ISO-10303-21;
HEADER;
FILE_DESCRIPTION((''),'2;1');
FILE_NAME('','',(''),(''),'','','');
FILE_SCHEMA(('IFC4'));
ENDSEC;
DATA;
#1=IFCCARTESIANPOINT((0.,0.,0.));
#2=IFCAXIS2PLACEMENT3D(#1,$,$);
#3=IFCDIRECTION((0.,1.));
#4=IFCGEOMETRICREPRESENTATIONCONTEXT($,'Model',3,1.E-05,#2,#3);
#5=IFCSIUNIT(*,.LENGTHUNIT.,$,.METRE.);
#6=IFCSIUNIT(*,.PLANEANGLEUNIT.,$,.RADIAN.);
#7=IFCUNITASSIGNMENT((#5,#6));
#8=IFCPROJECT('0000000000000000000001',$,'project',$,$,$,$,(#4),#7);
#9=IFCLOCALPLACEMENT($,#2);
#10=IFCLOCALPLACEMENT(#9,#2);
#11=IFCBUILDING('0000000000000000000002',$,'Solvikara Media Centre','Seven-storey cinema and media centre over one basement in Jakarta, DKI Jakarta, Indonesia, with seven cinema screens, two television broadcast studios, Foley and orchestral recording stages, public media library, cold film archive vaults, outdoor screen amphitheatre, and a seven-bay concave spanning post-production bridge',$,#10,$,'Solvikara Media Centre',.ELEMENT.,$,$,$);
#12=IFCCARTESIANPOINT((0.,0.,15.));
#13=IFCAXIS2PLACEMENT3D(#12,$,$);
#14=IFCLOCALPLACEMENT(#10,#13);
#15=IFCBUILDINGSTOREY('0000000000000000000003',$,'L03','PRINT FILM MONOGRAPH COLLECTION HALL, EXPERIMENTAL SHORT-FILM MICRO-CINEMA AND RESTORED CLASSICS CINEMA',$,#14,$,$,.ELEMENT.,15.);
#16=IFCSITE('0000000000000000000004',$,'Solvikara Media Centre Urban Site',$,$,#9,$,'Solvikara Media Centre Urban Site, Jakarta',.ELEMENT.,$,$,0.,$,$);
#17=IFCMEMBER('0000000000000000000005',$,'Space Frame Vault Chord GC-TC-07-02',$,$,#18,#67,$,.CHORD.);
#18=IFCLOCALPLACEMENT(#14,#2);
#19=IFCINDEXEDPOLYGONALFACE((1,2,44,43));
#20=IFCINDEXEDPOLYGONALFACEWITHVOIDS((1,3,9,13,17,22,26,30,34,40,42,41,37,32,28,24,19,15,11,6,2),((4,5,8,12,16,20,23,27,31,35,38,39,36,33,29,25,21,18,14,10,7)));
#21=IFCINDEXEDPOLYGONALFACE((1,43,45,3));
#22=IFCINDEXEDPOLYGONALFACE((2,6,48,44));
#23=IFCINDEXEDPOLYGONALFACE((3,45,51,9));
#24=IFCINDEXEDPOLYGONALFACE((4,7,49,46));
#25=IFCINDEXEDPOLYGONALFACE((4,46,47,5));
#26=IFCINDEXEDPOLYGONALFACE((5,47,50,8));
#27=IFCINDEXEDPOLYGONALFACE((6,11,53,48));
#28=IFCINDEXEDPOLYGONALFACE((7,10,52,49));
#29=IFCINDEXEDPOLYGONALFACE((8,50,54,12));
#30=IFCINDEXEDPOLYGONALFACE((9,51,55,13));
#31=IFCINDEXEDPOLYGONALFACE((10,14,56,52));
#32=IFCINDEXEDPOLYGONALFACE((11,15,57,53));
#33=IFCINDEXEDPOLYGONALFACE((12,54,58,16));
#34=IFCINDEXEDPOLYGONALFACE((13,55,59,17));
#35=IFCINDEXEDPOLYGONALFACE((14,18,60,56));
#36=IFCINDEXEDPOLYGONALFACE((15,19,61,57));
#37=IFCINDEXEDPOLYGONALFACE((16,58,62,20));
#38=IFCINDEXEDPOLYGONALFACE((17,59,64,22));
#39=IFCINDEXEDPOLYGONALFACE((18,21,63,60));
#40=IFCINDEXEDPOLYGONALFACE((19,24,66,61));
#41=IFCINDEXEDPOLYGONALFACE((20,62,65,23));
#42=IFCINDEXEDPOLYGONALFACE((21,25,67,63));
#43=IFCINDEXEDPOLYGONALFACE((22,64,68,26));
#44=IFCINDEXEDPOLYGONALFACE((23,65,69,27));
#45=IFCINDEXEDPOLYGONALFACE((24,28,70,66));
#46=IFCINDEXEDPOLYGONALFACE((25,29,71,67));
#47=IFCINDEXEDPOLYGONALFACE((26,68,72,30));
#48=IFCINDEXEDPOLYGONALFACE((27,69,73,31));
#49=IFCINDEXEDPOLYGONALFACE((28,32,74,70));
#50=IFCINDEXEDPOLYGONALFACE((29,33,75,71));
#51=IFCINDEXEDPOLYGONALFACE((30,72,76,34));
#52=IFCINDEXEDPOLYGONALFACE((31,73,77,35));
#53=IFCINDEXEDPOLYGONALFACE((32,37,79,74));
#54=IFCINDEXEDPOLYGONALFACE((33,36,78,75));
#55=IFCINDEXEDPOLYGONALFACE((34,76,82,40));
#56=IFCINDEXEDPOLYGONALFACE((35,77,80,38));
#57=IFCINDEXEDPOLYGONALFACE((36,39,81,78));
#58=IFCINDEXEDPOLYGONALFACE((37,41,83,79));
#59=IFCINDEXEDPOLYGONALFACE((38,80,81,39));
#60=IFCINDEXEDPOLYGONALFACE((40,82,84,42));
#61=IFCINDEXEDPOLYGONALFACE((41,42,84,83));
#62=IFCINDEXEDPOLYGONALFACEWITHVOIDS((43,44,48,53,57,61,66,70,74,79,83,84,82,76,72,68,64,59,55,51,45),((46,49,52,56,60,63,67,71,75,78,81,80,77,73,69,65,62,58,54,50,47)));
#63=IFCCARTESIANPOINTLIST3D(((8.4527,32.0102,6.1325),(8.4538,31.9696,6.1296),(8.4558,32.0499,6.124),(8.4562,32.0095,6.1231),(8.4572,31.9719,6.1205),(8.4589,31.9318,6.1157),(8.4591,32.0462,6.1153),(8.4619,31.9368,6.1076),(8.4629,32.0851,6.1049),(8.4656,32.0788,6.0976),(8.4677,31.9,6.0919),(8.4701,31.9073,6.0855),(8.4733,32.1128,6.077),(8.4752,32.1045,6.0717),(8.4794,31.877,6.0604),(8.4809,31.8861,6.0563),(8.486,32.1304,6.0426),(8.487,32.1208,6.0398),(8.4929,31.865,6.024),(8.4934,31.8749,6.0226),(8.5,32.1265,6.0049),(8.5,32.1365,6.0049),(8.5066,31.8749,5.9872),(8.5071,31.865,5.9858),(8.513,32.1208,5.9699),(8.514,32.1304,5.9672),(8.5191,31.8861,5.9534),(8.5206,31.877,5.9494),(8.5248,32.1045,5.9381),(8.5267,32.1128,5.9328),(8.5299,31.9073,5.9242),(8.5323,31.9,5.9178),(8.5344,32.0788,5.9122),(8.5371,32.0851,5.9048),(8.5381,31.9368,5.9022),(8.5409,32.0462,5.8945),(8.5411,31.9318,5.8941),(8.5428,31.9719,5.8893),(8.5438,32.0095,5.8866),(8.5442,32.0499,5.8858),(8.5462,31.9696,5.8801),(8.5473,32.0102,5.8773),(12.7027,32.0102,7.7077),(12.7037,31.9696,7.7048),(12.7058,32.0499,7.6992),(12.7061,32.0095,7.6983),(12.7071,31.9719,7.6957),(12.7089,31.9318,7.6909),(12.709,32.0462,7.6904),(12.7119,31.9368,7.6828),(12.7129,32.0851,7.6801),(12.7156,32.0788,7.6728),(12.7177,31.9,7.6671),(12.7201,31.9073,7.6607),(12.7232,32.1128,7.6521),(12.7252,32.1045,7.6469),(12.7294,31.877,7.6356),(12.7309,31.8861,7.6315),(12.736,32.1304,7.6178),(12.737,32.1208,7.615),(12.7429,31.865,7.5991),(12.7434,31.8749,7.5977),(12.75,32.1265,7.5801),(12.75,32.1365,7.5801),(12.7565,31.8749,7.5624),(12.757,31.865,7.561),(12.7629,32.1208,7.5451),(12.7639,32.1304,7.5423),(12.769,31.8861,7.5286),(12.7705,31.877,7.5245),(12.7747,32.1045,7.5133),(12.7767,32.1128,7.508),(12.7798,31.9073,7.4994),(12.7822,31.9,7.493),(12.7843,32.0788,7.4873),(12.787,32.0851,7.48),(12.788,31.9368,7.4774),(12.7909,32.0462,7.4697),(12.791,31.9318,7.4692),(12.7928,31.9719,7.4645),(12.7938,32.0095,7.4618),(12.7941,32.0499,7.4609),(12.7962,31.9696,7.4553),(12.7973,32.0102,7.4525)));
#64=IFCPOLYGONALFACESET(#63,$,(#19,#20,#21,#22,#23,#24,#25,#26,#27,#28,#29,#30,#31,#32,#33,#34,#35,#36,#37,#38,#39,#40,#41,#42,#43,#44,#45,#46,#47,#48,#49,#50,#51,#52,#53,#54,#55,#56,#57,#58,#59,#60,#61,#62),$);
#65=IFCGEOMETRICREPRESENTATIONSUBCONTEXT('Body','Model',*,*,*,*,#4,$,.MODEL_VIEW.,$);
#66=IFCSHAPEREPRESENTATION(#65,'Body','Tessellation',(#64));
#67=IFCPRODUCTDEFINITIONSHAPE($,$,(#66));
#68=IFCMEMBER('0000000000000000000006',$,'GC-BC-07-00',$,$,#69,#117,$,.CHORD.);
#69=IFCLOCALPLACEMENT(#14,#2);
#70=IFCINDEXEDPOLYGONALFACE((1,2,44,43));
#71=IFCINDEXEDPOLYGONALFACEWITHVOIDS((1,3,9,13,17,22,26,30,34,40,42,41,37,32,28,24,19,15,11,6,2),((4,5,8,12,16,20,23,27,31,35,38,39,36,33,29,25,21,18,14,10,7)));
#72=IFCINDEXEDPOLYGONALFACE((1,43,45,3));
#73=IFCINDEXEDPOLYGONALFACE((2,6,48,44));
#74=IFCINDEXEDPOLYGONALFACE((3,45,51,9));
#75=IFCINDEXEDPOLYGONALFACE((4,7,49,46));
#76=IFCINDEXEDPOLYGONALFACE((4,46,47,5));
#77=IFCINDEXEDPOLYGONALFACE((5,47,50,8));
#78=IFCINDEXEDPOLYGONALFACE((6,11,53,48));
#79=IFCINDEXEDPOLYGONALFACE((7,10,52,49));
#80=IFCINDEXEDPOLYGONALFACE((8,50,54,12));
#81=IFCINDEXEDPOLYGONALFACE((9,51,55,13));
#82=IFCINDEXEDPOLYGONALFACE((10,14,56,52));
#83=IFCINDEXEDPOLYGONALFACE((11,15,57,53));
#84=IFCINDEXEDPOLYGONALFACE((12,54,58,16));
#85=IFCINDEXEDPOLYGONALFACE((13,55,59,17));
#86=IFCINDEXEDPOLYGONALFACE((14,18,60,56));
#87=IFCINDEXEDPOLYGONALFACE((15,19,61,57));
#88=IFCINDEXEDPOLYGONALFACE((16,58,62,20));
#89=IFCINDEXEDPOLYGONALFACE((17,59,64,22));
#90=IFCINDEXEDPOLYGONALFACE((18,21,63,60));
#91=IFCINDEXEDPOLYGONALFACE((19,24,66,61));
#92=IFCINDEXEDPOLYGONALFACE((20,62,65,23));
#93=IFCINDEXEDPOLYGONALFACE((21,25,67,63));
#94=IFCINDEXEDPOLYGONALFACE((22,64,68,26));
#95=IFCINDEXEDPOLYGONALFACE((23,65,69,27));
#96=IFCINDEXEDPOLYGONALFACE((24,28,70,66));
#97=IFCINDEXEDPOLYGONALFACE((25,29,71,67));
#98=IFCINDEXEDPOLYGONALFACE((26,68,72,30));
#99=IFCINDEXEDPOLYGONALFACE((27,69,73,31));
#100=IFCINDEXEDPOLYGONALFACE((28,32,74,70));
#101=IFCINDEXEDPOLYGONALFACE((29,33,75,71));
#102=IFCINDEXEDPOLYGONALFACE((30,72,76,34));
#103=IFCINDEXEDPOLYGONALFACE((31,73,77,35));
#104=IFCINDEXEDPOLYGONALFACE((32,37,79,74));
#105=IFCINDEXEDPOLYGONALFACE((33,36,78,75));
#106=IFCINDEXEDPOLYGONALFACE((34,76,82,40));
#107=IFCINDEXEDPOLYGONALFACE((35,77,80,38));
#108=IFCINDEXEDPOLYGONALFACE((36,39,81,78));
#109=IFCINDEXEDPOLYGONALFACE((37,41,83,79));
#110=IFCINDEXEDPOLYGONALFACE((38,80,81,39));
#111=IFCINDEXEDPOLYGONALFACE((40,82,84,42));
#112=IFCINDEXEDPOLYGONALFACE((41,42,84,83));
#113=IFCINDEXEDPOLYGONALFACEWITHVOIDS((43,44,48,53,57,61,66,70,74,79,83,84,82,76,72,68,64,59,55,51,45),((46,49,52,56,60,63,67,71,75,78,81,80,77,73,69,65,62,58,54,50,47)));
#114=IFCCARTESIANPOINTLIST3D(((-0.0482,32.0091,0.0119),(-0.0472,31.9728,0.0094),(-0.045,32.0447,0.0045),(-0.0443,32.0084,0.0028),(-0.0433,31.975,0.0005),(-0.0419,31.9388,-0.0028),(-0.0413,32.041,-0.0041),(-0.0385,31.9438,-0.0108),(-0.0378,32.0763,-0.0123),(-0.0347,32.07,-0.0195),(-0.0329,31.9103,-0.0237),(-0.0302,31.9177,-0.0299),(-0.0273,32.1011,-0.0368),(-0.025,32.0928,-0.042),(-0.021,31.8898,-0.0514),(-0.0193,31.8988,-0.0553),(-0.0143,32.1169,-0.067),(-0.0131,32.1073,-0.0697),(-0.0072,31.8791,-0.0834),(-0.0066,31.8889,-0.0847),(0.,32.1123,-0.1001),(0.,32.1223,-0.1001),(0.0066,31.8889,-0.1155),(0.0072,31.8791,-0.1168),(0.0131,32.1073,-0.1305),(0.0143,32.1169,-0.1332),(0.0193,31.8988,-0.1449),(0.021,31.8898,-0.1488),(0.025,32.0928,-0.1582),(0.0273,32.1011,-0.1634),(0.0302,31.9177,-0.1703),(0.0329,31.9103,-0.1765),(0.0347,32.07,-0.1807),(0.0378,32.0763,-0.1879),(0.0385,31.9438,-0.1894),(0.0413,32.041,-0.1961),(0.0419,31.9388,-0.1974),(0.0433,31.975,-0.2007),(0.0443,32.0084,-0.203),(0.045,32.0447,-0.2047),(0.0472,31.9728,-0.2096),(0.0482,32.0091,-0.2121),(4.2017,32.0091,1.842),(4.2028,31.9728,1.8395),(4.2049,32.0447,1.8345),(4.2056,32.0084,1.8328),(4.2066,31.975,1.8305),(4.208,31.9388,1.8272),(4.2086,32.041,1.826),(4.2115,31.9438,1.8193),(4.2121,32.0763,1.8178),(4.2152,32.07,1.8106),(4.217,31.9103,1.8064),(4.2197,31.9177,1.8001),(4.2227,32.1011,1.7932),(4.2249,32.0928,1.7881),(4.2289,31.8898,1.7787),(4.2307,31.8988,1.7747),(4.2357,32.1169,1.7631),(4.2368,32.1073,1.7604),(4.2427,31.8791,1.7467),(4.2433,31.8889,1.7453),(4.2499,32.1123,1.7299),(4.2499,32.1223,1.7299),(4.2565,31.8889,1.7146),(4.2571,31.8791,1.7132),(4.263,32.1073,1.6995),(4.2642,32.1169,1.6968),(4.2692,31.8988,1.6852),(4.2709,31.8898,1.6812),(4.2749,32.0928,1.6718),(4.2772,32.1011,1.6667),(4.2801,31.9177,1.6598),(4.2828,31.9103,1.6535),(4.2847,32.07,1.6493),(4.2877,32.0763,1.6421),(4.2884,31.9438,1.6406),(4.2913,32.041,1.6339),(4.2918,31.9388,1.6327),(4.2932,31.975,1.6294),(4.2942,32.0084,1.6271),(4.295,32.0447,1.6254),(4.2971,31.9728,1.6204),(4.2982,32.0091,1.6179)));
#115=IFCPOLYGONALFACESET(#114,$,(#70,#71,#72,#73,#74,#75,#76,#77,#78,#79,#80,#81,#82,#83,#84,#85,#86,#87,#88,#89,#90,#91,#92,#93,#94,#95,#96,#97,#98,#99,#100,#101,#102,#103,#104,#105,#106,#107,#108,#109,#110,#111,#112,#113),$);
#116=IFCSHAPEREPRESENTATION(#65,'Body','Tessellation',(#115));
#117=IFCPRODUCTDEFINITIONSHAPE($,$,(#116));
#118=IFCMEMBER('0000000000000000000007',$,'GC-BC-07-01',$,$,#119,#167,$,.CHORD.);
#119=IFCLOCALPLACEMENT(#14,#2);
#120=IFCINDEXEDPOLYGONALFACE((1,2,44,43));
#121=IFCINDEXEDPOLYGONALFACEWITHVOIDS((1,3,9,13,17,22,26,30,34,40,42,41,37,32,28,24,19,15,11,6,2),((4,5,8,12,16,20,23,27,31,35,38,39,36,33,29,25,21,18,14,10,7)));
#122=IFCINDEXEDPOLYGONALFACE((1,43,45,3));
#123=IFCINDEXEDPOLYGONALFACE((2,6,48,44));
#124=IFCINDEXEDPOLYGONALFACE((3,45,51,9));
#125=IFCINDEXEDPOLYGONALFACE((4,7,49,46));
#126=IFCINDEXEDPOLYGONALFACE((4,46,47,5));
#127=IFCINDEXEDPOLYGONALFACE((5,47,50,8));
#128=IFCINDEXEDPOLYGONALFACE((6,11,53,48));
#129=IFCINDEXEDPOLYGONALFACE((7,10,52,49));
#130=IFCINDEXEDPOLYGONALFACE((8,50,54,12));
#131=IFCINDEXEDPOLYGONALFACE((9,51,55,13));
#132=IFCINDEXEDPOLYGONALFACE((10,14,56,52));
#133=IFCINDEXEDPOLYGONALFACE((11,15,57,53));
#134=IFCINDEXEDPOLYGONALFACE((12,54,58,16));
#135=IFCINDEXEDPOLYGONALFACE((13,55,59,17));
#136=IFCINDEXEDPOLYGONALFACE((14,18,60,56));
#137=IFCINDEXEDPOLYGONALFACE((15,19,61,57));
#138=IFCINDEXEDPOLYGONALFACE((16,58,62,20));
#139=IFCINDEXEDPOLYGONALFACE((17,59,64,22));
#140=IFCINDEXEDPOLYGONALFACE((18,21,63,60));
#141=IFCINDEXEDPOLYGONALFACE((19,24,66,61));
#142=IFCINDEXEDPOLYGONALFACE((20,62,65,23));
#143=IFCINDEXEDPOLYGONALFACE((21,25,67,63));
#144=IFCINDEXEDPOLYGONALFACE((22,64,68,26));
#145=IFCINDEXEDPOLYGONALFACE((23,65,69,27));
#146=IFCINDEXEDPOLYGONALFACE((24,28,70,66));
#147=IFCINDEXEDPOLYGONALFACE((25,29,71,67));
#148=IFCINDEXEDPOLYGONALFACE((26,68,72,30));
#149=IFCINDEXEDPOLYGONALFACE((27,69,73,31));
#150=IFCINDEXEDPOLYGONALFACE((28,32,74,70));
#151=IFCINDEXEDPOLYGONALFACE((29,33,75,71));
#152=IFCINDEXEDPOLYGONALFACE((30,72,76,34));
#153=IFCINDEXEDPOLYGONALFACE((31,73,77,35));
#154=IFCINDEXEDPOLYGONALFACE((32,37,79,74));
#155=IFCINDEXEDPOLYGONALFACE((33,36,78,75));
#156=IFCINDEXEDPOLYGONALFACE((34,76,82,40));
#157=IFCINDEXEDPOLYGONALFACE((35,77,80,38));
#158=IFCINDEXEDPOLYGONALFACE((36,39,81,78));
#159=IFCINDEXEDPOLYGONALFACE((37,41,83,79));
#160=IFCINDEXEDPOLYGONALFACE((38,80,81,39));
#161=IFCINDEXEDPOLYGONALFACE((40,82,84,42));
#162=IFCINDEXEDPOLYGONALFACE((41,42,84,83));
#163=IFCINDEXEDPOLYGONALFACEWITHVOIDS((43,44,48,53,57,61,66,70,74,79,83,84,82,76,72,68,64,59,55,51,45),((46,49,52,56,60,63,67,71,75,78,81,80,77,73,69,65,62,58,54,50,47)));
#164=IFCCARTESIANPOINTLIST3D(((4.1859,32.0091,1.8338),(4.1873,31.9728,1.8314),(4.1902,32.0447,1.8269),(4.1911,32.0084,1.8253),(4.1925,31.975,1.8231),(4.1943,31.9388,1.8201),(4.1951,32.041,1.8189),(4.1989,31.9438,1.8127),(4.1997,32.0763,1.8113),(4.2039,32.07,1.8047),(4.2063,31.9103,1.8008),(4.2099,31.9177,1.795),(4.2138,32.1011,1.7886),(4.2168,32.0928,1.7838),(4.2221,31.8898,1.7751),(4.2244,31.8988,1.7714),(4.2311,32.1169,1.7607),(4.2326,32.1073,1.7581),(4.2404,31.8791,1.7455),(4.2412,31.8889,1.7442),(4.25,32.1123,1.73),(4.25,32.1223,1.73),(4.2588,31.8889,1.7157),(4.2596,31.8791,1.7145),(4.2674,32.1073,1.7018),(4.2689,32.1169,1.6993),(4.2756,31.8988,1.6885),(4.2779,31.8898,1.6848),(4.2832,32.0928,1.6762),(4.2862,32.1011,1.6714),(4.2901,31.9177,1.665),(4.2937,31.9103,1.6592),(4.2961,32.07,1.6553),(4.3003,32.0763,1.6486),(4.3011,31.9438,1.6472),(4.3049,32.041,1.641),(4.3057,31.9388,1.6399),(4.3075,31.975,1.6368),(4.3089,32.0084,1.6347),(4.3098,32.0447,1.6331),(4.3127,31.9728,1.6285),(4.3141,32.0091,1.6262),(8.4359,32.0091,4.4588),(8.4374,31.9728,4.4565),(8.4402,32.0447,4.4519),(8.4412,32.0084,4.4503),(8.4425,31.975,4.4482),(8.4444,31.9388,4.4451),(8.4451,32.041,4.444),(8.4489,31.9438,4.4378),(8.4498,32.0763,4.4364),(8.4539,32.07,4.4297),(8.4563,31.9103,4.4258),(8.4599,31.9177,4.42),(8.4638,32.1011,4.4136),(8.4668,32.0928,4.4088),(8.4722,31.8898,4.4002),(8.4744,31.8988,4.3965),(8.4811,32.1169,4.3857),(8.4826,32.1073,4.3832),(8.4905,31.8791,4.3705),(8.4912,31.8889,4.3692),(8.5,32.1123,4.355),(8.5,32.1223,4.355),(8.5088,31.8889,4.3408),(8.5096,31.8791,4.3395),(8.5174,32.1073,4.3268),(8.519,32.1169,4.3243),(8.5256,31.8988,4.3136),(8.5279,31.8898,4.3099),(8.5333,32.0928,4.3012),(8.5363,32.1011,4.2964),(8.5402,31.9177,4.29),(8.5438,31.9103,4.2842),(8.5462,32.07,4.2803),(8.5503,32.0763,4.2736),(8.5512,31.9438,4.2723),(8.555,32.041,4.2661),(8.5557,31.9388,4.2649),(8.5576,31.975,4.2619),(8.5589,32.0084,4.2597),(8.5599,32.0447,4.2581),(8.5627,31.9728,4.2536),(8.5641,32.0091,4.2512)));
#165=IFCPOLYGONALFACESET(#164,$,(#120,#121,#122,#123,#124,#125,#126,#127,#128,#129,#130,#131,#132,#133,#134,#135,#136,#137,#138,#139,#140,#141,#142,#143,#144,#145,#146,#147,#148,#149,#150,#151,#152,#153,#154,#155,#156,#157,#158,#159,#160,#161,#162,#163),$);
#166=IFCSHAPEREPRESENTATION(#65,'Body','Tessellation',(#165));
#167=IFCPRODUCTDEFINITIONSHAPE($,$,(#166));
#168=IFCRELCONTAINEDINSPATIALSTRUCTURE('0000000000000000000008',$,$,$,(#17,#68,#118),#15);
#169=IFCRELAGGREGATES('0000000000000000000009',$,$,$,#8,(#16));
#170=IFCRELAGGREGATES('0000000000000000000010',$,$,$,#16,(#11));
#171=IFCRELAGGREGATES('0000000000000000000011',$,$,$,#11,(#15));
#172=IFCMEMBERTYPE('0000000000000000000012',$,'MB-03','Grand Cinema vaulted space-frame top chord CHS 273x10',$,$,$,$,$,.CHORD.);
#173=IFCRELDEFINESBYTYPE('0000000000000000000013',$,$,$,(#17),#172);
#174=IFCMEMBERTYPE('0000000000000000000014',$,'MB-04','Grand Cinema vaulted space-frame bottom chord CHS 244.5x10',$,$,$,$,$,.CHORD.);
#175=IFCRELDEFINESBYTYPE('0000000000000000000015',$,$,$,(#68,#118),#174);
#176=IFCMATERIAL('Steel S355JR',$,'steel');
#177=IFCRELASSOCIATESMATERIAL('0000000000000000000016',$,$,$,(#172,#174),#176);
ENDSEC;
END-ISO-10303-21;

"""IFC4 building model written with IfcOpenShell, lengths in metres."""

from ifc_helpers import new_model, si_unit, direction, frame, origin, origin_2d, place, context, subcontext, project, spatial, hollow_circle, extrude, material, material_profile, profile_set, type_object, element, save


model = new_model("IFC4")

# Units and contexts
model_context = context("Model", 3, precision=1e-05, world=origin(), true_north=direction((0.0, 1.0)))
body_context = subcontext(model_context, "Body", "Model", "MODEL_VIEW")
ifc_project = project(units=[si_unit("LENGTHUNIT", "METRE"), si_unit("PLANEANGLEUNIT", "RADIAN")], contexts=[model_context])

# Site, building, storey
site_placement = place(None, origin())
site = spatial("IfcSite", under=ifc_project, at=site_placement, Name="Solvikara Media Centre Urban Site", LongName="Solvikara Media Centre Urban Site, Jakarta", CompositionType="ELEMENT", RefElevation=0.0)
building_placement = place(site_placement, origin())
building = spatial("IfcBuilding", under=site, at=building_placement, Name="Solvikara Media Centre", Description="Seven-storey cinema and media centre over one basement in Jakarta, DKI Jakarta, Indonesia, with seven cinema screens, two television broadcast studios, Foley and orchestral recording stages, public media library, cold film archive vaults, outdoor screen amphitheatre, and a seven-bay concave spanning post-production bridge", LongName="Solvikara Media Centre", CompositionType="ELEMENT")
storey_placement = place(building_placement, frame((0.0, 0.0, 15.0)))
storey = spatial("IfcBuildingStorey", under=building, at=storey_placement, Name="L03", Description="PRINT FILM MONOGRAPH COLLECTION HALL, EXPERIMENTAL SHORT-FILM MICRO-CINEMA AND RESTORED CLASSICS CINEMA", CompositionType="ELEMENT", Elevation=15.0)

# Shared definitions
ifc_material_1 = material(Name="Steel S355JR", Category="steel")

# Members
ifc_material_profile_1 = material_profile(ifc_material_1, hollow_circle(Radius=0.1365, WallThickness=0.01, at=origin_2d()), Name="CHS 273x10")
ifc_profile_set_1 = profile_set([ifc_material_profile_1], Name="Steel S355JR")
member_type_1 = type_object("IfcMemberType", Name="MB-03", Description="Grand Cinema vaulted space-frame top chord CHS 273x10", PredefinedType="CHORD", material=ifc_profile_set_1)
member_1_placement = place(storey_placement, frame((8.5, 32.0, 6.0049), z_axis=(0.937668, 0.0, 0.347532), x_axis=(0.0, 1.0, 0.0)))
element("IfcMember", 1, at=member_1_placement, inside=storey, type_object=member_type_1, Name="Space Frame Vault Chord GC-TC-07-02", PredefinedType="CHORD", context=body_context, shape_type="SweptSolid", body=[
    extrude(hollow_circle(Radius=0.1365, WallThickness=0.01, at=origin_2d()), origin(), (0.0, 0.0, 1.0), 4.5325),
])
ifc_material_profile_2 = material_profile(ifc_material_1, hollow_circle(Radius=0.1223, WallThickness=0.01, at=origin_2d()), Name="CHS 244.5x10")
ifc_profile_set_2 = profile_set([ifc_material_profile_2], Name="Steel S355JR")
member_type_2 = type_object("IfcMemberType", Name="MB-04", Description="Grand Cinema vaulted space-frame bottom chord CHS 244.5x10", PredefinedType="CHORD", material=ifc_profile_set_2)
member_2_placement = place(storey_placement, frame((0.0, 32.0, -0.1001), z_axis=(0.918467, 0.0, 0.395498), x_axis=(0.0, 1.0, 0.0)))
element("IfcMember", 2, at=member_2_placement, inside=storey, type_object=member_type_2, Name="GC-BC-07-00", PredefinedType="CHORD", context=body_context, shape_type="SweptSolid", body=[
    extrude(hollow_circle(Radius=0.1223, WallThickness=0.01, at=origin_2d()), origin(), (0.0, 0.0, 1.0), 4.6272),
])
member_3_placement = place(storey_placement, frame((4.25, 32.0, 1.73), z_axis=(0.850798, 0.0, 0.525493), x_axis=(0.0, 1.0, 0.0)))
element("IfcMember", 3, at=member_3_placement, inside=storey, type_object=member_type_2, Name="GC-BC-07-01", PredefinedType="CHORD", context=body_context, shape_type="SweptSolid", body=[
    extrude(hollow_circle(Radius=0.1223, WallThickness=0.01, at=origin_2d()), origin(), (0.0, 0.0, 1.0), 4.9954),
])

save(model, "model.ifc")
